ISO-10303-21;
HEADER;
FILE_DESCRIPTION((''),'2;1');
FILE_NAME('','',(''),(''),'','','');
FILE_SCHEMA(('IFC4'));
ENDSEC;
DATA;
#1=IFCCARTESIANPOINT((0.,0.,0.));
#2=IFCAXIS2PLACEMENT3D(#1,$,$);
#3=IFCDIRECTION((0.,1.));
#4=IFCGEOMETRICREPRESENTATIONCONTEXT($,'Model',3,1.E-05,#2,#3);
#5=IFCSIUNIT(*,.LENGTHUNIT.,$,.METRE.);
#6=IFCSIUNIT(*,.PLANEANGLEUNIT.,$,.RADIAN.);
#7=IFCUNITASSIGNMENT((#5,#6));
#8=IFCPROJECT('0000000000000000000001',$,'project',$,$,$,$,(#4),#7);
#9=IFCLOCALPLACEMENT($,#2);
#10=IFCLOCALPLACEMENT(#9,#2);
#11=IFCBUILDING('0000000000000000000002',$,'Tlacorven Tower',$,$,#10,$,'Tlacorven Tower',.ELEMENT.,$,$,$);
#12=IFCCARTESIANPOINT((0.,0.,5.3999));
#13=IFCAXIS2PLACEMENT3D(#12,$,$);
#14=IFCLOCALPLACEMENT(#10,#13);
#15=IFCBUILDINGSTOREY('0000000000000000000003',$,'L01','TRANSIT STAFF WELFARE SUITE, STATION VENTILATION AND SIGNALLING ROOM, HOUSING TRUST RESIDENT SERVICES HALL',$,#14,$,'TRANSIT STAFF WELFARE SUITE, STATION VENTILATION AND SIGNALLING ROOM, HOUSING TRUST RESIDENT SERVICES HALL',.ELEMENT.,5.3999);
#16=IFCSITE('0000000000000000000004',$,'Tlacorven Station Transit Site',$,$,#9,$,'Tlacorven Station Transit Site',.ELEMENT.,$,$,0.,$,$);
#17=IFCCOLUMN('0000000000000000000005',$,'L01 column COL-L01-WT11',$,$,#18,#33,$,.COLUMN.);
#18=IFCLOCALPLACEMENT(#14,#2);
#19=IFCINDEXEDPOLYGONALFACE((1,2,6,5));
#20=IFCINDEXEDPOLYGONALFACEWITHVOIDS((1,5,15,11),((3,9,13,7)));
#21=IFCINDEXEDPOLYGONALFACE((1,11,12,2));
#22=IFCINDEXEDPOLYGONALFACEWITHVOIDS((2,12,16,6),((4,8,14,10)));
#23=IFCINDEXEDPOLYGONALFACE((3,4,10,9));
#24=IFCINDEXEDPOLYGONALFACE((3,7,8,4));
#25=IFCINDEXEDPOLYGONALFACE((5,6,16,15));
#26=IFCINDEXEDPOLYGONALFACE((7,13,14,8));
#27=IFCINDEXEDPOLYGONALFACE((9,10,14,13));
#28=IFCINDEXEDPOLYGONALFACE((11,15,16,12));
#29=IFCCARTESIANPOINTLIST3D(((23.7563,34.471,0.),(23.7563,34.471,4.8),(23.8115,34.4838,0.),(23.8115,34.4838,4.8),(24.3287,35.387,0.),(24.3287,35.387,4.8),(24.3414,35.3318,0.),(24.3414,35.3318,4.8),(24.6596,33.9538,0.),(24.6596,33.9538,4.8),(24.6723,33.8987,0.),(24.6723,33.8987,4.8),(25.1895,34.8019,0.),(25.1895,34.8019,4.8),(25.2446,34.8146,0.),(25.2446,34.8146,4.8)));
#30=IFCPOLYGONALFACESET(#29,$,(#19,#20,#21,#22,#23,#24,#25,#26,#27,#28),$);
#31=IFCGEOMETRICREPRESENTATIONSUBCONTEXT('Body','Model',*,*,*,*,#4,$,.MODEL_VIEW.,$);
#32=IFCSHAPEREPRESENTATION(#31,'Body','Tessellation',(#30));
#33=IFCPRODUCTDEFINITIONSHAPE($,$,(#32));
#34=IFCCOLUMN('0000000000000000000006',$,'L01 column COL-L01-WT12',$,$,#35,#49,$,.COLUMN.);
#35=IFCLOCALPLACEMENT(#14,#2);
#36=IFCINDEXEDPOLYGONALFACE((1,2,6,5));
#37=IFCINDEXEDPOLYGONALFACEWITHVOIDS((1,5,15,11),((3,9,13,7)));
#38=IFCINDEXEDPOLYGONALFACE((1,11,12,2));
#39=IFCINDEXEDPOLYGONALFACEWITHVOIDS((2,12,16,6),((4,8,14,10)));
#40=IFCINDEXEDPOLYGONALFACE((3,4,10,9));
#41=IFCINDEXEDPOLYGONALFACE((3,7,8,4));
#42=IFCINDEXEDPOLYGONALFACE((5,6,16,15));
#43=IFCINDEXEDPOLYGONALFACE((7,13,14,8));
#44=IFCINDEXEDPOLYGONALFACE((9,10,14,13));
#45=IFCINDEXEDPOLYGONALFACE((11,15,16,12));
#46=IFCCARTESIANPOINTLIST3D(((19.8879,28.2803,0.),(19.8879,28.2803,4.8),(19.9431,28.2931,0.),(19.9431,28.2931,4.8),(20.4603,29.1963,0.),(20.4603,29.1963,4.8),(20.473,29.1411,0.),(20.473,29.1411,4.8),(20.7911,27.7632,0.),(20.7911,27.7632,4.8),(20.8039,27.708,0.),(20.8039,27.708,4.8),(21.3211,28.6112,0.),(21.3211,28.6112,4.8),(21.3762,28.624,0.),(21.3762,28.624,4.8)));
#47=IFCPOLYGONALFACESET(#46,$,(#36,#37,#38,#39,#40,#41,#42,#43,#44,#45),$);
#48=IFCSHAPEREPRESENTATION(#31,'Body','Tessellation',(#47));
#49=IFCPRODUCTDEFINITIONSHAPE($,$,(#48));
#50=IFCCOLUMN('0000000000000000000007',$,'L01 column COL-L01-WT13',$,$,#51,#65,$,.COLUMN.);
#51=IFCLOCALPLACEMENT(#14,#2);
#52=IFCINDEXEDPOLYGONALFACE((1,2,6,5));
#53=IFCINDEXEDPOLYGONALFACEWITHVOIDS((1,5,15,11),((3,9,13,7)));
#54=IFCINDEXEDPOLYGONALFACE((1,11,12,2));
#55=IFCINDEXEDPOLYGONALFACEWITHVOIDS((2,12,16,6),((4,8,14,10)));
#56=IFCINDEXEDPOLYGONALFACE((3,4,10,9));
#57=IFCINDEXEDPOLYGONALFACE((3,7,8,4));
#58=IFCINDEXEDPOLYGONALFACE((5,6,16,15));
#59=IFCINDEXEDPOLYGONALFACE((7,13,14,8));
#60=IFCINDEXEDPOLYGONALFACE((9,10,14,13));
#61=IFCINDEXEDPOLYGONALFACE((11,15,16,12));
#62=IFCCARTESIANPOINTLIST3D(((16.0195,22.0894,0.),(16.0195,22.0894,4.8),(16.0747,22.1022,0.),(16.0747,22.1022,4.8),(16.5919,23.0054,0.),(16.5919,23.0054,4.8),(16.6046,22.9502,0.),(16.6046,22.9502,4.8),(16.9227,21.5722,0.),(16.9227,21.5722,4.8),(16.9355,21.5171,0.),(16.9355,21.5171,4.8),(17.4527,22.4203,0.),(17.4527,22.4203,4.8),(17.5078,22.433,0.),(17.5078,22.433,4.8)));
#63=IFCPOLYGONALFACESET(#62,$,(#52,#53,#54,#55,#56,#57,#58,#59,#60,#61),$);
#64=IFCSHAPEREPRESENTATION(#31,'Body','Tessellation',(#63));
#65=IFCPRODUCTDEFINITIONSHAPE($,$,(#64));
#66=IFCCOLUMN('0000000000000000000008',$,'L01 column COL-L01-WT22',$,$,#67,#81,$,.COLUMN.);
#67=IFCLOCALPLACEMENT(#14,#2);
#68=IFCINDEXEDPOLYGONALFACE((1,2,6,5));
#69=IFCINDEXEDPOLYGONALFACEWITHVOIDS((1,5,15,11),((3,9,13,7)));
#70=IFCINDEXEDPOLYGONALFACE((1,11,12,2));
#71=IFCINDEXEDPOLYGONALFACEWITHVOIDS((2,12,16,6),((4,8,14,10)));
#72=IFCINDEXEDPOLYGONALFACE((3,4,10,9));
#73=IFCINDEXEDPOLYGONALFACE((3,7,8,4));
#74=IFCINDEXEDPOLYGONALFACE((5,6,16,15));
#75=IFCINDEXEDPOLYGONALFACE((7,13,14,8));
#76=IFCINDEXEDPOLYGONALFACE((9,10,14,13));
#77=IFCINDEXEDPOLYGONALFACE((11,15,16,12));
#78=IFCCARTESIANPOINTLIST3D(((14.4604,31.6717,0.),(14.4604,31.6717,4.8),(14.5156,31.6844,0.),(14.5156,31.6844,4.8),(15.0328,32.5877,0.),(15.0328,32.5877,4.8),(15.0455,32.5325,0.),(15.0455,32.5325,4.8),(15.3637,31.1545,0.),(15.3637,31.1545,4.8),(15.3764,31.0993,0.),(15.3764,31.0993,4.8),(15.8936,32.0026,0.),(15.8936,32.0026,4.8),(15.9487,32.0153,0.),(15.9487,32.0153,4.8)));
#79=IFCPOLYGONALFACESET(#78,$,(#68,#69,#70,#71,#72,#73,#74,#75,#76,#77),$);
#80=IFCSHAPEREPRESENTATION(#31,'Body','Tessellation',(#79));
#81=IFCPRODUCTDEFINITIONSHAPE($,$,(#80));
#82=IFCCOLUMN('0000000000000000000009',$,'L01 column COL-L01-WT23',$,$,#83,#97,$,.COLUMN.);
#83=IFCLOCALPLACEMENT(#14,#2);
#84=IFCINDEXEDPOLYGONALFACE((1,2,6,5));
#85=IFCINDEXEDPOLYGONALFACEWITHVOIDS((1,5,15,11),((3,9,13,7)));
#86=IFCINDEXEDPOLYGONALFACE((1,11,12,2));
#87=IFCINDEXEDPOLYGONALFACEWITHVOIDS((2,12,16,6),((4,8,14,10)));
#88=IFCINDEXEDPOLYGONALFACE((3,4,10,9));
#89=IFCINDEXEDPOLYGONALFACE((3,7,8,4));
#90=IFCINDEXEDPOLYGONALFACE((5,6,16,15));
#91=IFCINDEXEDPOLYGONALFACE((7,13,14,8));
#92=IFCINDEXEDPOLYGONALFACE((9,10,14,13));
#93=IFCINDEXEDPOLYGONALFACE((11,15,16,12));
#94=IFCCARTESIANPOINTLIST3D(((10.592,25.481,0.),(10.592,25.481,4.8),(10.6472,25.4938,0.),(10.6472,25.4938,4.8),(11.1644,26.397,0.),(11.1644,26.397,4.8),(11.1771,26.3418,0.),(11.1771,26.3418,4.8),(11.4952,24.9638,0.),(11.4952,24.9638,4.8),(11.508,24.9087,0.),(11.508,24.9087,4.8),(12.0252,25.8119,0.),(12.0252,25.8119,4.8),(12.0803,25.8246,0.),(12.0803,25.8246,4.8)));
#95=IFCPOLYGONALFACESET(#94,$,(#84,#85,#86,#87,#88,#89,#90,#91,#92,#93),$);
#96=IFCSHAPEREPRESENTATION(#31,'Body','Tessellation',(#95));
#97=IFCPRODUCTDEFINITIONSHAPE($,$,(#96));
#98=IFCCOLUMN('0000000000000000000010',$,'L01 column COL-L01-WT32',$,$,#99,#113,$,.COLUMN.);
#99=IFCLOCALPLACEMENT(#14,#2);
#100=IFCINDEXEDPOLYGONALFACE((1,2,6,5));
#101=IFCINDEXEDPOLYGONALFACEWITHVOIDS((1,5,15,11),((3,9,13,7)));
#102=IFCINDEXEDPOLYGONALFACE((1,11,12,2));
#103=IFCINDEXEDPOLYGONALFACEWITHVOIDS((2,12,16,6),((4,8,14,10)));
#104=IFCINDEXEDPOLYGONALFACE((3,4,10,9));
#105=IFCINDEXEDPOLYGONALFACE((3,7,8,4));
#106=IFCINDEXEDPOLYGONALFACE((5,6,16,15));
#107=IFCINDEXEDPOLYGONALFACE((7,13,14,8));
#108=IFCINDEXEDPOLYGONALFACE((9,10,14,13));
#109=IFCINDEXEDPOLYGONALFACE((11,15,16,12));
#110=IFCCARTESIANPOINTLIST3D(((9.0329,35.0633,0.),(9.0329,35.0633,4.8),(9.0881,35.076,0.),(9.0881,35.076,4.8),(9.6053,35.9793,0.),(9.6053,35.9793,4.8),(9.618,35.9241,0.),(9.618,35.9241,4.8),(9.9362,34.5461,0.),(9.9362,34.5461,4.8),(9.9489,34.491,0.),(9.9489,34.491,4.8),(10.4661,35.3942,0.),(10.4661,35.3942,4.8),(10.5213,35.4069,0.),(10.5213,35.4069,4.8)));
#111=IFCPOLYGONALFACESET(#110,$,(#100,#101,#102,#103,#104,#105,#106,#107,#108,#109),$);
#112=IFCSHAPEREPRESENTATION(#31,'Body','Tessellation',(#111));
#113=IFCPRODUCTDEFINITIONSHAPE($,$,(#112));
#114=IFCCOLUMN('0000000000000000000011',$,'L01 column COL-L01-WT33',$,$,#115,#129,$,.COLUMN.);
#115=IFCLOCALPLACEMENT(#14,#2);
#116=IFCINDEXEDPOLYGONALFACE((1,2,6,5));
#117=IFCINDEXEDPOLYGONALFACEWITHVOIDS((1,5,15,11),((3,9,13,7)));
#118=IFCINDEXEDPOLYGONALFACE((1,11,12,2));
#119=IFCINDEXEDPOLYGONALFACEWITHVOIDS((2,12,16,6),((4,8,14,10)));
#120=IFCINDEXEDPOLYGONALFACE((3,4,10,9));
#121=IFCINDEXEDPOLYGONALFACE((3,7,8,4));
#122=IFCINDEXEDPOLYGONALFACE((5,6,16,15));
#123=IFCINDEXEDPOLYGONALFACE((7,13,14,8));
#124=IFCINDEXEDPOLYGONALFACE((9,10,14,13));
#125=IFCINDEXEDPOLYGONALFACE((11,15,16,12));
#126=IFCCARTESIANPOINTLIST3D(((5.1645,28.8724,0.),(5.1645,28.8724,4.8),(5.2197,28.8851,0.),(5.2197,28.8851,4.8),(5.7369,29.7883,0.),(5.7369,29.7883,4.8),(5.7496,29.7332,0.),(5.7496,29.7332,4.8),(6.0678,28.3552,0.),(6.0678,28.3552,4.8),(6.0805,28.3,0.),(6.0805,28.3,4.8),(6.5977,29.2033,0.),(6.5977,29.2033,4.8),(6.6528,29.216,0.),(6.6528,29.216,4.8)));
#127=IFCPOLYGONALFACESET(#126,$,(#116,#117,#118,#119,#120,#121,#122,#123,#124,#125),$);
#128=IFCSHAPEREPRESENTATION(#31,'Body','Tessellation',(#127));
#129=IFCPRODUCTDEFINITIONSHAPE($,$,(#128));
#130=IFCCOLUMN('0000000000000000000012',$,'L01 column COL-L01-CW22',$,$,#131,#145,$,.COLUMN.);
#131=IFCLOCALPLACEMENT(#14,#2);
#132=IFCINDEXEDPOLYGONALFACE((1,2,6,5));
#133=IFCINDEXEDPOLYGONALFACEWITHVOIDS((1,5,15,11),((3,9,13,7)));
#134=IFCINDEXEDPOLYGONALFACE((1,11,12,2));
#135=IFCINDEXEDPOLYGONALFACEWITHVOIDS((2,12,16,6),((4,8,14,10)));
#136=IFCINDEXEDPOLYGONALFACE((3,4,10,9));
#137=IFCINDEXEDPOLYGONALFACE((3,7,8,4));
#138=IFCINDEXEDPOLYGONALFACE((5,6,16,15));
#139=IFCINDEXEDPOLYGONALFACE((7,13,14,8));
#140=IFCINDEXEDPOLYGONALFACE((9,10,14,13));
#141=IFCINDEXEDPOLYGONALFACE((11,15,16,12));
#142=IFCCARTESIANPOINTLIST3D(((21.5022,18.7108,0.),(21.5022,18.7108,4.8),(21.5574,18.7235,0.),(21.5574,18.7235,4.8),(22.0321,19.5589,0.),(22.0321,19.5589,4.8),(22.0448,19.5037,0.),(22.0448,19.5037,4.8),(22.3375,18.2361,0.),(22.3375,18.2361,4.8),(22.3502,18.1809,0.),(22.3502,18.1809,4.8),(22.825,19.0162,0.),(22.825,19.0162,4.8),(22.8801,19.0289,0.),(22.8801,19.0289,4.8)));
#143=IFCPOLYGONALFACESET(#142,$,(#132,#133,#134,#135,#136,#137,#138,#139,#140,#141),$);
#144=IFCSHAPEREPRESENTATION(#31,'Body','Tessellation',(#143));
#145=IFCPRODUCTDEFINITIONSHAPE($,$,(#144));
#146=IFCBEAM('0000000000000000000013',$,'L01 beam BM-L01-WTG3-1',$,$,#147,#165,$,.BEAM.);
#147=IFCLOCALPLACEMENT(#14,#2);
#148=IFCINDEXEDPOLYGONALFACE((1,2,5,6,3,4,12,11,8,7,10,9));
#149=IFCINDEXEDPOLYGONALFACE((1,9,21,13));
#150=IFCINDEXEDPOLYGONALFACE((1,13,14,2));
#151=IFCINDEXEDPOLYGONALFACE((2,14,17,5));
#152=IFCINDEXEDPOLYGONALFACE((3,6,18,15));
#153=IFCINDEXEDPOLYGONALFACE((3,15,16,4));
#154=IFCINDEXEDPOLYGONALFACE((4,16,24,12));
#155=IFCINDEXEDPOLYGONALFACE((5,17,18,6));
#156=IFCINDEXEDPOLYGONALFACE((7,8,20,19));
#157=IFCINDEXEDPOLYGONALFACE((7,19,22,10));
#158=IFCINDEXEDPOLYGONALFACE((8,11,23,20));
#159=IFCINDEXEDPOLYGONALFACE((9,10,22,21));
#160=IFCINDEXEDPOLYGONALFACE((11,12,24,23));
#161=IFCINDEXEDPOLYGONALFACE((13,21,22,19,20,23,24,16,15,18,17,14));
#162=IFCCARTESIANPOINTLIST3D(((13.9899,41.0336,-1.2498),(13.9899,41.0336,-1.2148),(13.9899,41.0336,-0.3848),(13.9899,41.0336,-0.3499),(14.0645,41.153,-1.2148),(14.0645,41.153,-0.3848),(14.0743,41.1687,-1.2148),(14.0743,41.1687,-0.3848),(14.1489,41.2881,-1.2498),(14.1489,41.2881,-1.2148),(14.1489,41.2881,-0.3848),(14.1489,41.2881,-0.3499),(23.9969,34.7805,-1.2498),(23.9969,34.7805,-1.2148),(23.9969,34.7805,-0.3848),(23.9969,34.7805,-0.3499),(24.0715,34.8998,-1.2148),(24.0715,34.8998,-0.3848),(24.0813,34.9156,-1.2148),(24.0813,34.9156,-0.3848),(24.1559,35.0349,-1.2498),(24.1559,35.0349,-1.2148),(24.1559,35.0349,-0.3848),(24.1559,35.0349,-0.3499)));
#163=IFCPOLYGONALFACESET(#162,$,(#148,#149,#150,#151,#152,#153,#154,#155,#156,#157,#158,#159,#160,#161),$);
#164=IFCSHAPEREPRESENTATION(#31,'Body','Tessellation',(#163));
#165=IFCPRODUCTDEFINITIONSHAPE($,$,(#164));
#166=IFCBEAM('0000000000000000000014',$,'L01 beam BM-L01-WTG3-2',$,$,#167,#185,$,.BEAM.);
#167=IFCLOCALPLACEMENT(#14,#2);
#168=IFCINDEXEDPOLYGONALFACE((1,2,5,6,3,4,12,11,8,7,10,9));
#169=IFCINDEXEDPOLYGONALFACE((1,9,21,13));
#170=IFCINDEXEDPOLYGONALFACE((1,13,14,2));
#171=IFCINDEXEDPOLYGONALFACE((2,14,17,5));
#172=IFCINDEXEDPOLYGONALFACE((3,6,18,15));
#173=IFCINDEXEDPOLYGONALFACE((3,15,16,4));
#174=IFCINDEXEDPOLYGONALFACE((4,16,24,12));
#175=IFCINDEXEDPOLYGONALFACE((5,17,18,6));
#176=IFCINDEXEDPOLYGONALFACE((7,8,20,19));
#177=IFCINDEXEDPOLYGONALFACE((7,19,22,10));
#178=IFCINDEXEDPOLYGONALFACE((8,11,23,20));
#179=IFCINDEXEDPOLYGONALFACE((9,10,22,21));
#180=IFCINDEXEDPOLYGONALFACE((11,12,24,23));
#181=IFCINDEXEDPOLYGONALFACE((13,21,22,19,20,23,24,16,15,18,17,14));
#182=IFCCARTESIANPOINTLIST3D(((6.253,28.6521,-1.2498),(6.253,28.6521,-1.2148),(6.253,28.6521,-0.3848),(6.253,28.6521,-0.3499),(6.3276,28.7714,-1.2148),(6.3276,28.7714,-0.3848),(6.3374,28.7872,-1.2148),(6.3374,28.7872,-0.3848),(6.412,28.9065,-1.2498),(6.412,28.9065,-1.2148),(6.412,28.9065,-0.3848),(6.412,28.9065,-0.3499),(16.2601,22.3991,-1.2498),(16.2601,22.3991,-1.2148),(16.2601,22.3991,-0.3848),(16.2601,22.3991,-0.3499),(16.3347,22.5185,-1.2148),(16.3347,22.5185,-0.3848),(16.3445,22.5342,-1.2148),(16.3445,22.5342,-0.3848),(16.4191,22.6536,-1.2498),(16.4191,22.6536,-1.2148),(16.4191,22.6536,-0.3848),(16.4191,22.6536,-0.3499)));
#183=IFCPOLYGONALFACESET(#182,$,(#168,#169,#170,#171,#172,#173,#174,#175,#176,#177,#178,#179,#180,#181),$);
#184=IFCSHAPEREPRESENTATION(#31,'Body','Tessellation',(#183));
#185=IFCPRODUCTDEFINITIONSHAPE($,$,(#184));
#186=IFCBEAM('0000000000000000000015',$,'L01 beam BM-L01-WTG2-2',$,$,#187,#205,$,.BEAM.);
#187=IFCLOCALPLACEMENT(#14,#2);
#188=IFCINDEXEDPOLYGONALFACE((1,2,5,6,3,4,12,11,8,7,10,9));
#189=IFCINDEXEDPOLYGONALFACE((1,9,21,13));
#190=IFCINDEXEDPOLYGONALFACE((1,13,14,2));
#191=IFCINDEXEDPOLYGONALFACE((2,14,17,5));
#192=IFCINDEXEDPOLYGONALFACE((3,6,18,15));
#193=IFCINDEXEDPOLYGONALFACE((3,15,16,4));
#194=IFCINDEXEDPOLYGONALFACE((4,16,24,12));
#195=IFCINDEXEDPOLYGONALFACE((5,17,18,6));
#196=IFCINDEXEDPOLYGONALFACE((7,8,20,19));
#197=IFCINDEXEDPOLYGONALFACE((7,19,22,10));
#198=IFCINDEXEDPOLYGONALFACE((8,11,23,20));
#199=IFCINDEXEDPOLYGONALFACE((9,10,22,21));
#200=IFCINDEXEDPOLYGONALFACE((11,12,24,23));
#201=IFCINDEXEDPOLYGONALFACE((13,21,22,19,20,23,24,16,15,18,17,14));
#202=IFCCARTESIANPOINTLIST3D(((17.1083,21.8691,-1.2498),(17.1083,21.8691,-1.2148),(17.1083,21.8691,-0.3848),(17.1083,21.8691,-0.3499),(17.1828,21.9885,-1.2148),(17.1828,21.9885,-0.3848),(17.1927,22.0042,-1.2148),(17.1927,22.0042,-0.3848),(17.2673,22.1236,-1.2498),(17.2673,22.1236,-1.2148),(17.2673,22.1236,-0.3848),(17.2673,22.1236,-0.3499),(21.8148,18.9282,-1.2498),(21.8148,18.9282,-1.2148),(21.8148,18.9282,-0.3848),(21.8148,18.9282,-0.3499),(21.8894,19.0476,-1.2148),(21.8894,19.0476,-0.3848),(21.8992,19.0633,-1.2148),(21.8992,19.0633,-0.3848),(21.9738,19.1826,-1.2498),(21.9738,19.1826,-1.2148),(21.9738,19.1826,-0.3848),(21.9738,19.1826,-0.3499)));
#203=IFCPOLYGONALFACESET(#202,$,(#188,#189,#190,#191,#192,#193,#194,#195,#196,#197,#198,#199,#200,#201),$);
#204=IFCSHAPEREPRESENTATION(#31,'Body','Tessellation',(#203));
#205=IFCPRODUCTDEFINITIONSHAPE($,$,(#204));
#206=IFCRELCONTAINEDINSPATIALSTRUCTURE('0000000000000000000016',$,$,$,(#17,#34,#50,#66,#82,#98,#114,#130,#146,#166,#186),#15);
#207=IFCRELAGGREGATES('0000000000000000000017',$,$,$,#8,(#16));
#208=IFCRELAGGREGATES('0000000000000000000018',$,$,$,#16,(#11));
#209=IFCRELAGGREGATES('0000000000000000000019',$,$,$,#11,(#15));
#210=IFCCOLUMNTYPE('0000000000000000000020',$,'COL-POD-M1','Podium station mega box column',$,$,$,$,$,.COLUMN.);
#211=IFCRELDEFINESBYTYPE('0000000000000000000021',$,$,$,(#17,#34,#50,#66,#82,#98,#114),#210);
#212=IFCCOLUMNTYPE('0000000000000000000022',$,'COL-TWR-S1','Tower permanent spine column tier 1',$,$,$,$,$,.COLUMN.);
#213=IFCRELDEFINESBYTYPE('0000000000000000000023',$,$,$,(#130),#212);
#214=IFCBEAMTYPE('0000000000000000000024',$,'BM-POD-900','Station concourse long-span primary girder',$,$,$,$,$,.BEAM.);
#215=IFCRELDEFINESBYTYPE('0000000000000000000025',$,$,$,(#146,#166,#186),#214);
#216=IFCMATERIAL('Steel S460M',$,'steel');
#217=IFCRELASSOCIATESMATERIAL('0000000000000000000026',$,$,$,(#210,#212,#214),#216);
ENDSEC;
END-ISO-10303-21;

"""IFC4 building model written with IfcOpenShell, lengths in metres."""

from ifc_helpers import new_model, si_unit, direction, frame, origin, origin_2d, place, context, subcontext, project, spatial, hollow_rectangle, i_section, extrude, source, transform, mapped, material, material_profile, profile_set, type_object, element, save


model = new_model("IFC4")

# Units and contexts
model_context = context("Model", 3, precision=1e-05, world=origin(), true_north=direction((0.0, 1.0)))
body_context = subcontext(model_context, "Body", "Model", "MODEL_VIEW")
ifc_project = project(units=[si_unit("LENGTHUNIT", "METRE"), si_unit("PLANEANGLEUNIT", "RADIAN")], contexts=[model_context])

# Site, building, storey
site_placement = place(None, origin())
site = spatial("IfcSite", under=ifc_project, at=site_placement, Name="Tlacorven Station Transit Site", LongName="Tlacorven Station Transit Site", CompositionType="ELEMENT", RefElevation=0.0)
building_placement = place(site_placement, origin())
building = spatial("IfcBuilding", under=site, at=building_placement, Name="Tlacorven Tower", LongName="Tlacorven Tower", CompositionType="ELEMENT")
storey_placement = place(building_placement, frame((0.0, 0.0, 5.3999)))
storey = spatial("IfcBuildingStorey", under=building, at=storey_placement, Name="L01", Description="TRANSIT STAFF WELFARE SUITE, STATION VENTILATION AND SIGNALLING ROOM, HOUSING TRUST RESIDENT SERVICES HALL", LongName="TRANSIT STAFF WELFARE SUITE, STATION VENTILATION AND SIGNALLING ROOM, HOUSING TRUST RESIDENT SERVICES HALL", CompositionType="ELEMENT", Elevation=5.3999)

# Columns
ifc_material_1 = material(Name="Steel S460M", Category="steel")
ifc_material_profile_1 = material_profile(ifc_material_1, hollow_rectangle(XDim=1.0801, YDim=1.0801, WallThickness=0.04, at=origin_2d()), Name="BOX 1080X1080X40")
ifc_profile_set_1 = profile_set([ifc_material_profile_1], Name="Steel S460M")
column_type_1 = type_object("IfcColumnType", Name="COL-POD-M1", Description="Podium station mega box column", PredefinedType="COLUMN", material=ifc_profile_set_1)
shared_shape_1 = source(origin(), body_context, "Body", "SweptSolid", [
    extrude(hollow_rectangle(XDim=1.0801, YDim=1.0801, WallThickness=0.04, at=origin_2d()), origin(), (0.0, 0.0, 1.0), 4.8),
])
for number, where, z_axis, x_axis, name in (
    (1, (24.5005, 34.6428, 0.0), (0.0, 0.0, 1.0), (-0.848048, 0.529919, 0.0), "L01 column COL-L01-WT11"),
    (2, (20.6321, 28.4521, 0.0), (0.0, 0.0, 1.0), (-0.848048, 0.529919, 0.0), "L01 column COL-L01-WT12"),
    (3, (16.7637, 22.2612, 0.0), (0.0, 0.0, 1.0), (-0.848048, 0.529919, 0.0), "L01 column COL-L01-WT13"),
    (4, (15.2046, 31.8435, 0.0), (0.0, 0.0, 1.0), (-0.848048, 0.529919, 0.0), "L01 column COL-L01-WT22"),
    (5, (11.3362, 25.6528, 0.0), (0.0, 0.0, 1.0), (-0.848048, 0.529919, 0.0), "L01 column COL-L01-WT23"),
    (6, (9.7771, 35.2351, 0.0), (0.0, 0.0, 1.0), (-0.848048, 0.529919, 0.0), "L01 column COL-L01-WT32"),
    (7, (5.9087, 29.0442, 0.0), (0.0, 0.0, 1.0), (-0.848048, 0.529919, 0.0), "L01 column COL-L01-WT33"),
):
    element("IfcColumn", number, at=place(storey_placement, frame(where, z_axis=z_axis, x_axis=x_axis)), inside=storey, type_object=column_type_1, Name=name, PredefinedType="COLUMN", context=body_context, shape_type="MappedRepresentation", body=[
        mapped(shared_shape_1, transform((0.0, 0.0, 0.0), scale=1.0)),
    ])
ifc_material_profile_2 = material_profile(ifc_material_1, hollow_rectangle(XDim=1.0, YDim=1.0, WallThickness=0.04, at=origin_2d()), Name="BOX 1000X1000X40")
ifc_profile_set_2 = profile_set([ifc_material_profile_2], Name="Steel S460M")
column_type_2 = type_object("IfcColumnType", Name="COL-TWR-S1", Description="Tower permanent spine column tier 1", PredefinedType="COLUMN", material=ifc_profile_set_2)
shared_shape_2 = source(origin(), body_context, "Body", "SweptSolid", [
    extrude(hollow_rectangle(XDim=1.0, YDim=1.0, WallThickness=0.04, at=origin_2d()), origin(), (0.0, 0.0, 1.0), 4.8),
])
column_placement = place(storey_placement, frame((22.1912, 18.8699, 0.0), z_axis=(0.0, 0.0, 1.0), x_axis=(-0.848048, 0.529919, 0.0)))
element("IfcColumn", 8, at=column_placement, inside=storey, type_object=column_type_2, Name="L01 column COL-L01-CW22", PredefinedType="COLUMN", context=body_context, shape_type="MappedRepresentation", body=[
    mapped(shared_shape_2, transform((0.0, 0.0, 0.0), scale=1.0)),
])

# Beams
ifc_material_profile_3 = material_profile(ifc_material_1, i_section(OverallWidth=0.3, OverallDepth=0.8999, WebThickness=0.0186, FlangeThickness=0.0349, at=origin_2d()), Name="HEB 900")
ifc_profile_set_3 = profile_set([ifc_material_profile_3], Name="Steel S460M")
beam_type = type_object("IfcBeamType", Name="BM-POD-900", Description="Station concourse long-span primary girder", PredefinedType="BEAM", material=ifc_profile_set_3)
shared_shape_3 = source(origin(), body_context, "Body", "SweptSolid", [
    extrude(i_section(OverallWidth=0.3, OverallDepth=0.8999, WebThickness=0.0186, FlangeThickness=0.0349, at=origin_2d()), origin(), (0.0, 0.0, 1.0), 11.8),
])
for number, where, z_axis, x_axis, name in (
    (9, (24.0764, 34.9077, -0.7998), (-0.848046, 0.529923, 0.0), (-0.529923, -0.848046, 0.0), "L01 beam BM-L01-WTG3-1"),
    (10, (16.3396, 22.5264, -0.7998), (-0.848055, 0.529908, 0.0), (-0.529908, -0.848055, 0.0), "L01 beam BM-L01-WTG3-2"),
):
    element("IfcBeam", number, at=place(storey_placement, frame(where, z_axis=z_axis, x_axis=x_axis)), inside=storey, type_object=beam_type, Name=name, PredefinedType="BEAM", context=body_context, shape_type="MappedRepresentation", body=[
        mapped(shared_shape_3, transform((0.0, 0.0, 0.0), scale=1.0)),
    ])
shared_shape_4 = source(origin(), body_context, "Body", "SweptSolid", [
    extrude(i_section(OverallWidth=0.3, OverallDepth=0.8999, WebThickness=0.0186, FlangeThickness=0.0349, at=origin_2d()), origin(), (0.0, 0.0, 1.0), 5.5498),
])
beam_placement = place(storey_placement, frame((21.8943, 19.0554, -0.7998), z_axis=(-0.848053, 0.529912, 0.0), x_axis=(-0.529912, -0.848053, 0.0)))
element("IfcBeam", 11, at=beam_placement, inside=storey, type_object=beam_type, Name="L01 beam BM-L01-WTG2-2", PredefinedType="BEAM", context=body_context, shape_type="MappedRepresentation", body=[
    mapped(shared_shape_4, transform((0.0, 0.0, 0.0), scale=1.0)),
])

save(model, "model.ifc")
